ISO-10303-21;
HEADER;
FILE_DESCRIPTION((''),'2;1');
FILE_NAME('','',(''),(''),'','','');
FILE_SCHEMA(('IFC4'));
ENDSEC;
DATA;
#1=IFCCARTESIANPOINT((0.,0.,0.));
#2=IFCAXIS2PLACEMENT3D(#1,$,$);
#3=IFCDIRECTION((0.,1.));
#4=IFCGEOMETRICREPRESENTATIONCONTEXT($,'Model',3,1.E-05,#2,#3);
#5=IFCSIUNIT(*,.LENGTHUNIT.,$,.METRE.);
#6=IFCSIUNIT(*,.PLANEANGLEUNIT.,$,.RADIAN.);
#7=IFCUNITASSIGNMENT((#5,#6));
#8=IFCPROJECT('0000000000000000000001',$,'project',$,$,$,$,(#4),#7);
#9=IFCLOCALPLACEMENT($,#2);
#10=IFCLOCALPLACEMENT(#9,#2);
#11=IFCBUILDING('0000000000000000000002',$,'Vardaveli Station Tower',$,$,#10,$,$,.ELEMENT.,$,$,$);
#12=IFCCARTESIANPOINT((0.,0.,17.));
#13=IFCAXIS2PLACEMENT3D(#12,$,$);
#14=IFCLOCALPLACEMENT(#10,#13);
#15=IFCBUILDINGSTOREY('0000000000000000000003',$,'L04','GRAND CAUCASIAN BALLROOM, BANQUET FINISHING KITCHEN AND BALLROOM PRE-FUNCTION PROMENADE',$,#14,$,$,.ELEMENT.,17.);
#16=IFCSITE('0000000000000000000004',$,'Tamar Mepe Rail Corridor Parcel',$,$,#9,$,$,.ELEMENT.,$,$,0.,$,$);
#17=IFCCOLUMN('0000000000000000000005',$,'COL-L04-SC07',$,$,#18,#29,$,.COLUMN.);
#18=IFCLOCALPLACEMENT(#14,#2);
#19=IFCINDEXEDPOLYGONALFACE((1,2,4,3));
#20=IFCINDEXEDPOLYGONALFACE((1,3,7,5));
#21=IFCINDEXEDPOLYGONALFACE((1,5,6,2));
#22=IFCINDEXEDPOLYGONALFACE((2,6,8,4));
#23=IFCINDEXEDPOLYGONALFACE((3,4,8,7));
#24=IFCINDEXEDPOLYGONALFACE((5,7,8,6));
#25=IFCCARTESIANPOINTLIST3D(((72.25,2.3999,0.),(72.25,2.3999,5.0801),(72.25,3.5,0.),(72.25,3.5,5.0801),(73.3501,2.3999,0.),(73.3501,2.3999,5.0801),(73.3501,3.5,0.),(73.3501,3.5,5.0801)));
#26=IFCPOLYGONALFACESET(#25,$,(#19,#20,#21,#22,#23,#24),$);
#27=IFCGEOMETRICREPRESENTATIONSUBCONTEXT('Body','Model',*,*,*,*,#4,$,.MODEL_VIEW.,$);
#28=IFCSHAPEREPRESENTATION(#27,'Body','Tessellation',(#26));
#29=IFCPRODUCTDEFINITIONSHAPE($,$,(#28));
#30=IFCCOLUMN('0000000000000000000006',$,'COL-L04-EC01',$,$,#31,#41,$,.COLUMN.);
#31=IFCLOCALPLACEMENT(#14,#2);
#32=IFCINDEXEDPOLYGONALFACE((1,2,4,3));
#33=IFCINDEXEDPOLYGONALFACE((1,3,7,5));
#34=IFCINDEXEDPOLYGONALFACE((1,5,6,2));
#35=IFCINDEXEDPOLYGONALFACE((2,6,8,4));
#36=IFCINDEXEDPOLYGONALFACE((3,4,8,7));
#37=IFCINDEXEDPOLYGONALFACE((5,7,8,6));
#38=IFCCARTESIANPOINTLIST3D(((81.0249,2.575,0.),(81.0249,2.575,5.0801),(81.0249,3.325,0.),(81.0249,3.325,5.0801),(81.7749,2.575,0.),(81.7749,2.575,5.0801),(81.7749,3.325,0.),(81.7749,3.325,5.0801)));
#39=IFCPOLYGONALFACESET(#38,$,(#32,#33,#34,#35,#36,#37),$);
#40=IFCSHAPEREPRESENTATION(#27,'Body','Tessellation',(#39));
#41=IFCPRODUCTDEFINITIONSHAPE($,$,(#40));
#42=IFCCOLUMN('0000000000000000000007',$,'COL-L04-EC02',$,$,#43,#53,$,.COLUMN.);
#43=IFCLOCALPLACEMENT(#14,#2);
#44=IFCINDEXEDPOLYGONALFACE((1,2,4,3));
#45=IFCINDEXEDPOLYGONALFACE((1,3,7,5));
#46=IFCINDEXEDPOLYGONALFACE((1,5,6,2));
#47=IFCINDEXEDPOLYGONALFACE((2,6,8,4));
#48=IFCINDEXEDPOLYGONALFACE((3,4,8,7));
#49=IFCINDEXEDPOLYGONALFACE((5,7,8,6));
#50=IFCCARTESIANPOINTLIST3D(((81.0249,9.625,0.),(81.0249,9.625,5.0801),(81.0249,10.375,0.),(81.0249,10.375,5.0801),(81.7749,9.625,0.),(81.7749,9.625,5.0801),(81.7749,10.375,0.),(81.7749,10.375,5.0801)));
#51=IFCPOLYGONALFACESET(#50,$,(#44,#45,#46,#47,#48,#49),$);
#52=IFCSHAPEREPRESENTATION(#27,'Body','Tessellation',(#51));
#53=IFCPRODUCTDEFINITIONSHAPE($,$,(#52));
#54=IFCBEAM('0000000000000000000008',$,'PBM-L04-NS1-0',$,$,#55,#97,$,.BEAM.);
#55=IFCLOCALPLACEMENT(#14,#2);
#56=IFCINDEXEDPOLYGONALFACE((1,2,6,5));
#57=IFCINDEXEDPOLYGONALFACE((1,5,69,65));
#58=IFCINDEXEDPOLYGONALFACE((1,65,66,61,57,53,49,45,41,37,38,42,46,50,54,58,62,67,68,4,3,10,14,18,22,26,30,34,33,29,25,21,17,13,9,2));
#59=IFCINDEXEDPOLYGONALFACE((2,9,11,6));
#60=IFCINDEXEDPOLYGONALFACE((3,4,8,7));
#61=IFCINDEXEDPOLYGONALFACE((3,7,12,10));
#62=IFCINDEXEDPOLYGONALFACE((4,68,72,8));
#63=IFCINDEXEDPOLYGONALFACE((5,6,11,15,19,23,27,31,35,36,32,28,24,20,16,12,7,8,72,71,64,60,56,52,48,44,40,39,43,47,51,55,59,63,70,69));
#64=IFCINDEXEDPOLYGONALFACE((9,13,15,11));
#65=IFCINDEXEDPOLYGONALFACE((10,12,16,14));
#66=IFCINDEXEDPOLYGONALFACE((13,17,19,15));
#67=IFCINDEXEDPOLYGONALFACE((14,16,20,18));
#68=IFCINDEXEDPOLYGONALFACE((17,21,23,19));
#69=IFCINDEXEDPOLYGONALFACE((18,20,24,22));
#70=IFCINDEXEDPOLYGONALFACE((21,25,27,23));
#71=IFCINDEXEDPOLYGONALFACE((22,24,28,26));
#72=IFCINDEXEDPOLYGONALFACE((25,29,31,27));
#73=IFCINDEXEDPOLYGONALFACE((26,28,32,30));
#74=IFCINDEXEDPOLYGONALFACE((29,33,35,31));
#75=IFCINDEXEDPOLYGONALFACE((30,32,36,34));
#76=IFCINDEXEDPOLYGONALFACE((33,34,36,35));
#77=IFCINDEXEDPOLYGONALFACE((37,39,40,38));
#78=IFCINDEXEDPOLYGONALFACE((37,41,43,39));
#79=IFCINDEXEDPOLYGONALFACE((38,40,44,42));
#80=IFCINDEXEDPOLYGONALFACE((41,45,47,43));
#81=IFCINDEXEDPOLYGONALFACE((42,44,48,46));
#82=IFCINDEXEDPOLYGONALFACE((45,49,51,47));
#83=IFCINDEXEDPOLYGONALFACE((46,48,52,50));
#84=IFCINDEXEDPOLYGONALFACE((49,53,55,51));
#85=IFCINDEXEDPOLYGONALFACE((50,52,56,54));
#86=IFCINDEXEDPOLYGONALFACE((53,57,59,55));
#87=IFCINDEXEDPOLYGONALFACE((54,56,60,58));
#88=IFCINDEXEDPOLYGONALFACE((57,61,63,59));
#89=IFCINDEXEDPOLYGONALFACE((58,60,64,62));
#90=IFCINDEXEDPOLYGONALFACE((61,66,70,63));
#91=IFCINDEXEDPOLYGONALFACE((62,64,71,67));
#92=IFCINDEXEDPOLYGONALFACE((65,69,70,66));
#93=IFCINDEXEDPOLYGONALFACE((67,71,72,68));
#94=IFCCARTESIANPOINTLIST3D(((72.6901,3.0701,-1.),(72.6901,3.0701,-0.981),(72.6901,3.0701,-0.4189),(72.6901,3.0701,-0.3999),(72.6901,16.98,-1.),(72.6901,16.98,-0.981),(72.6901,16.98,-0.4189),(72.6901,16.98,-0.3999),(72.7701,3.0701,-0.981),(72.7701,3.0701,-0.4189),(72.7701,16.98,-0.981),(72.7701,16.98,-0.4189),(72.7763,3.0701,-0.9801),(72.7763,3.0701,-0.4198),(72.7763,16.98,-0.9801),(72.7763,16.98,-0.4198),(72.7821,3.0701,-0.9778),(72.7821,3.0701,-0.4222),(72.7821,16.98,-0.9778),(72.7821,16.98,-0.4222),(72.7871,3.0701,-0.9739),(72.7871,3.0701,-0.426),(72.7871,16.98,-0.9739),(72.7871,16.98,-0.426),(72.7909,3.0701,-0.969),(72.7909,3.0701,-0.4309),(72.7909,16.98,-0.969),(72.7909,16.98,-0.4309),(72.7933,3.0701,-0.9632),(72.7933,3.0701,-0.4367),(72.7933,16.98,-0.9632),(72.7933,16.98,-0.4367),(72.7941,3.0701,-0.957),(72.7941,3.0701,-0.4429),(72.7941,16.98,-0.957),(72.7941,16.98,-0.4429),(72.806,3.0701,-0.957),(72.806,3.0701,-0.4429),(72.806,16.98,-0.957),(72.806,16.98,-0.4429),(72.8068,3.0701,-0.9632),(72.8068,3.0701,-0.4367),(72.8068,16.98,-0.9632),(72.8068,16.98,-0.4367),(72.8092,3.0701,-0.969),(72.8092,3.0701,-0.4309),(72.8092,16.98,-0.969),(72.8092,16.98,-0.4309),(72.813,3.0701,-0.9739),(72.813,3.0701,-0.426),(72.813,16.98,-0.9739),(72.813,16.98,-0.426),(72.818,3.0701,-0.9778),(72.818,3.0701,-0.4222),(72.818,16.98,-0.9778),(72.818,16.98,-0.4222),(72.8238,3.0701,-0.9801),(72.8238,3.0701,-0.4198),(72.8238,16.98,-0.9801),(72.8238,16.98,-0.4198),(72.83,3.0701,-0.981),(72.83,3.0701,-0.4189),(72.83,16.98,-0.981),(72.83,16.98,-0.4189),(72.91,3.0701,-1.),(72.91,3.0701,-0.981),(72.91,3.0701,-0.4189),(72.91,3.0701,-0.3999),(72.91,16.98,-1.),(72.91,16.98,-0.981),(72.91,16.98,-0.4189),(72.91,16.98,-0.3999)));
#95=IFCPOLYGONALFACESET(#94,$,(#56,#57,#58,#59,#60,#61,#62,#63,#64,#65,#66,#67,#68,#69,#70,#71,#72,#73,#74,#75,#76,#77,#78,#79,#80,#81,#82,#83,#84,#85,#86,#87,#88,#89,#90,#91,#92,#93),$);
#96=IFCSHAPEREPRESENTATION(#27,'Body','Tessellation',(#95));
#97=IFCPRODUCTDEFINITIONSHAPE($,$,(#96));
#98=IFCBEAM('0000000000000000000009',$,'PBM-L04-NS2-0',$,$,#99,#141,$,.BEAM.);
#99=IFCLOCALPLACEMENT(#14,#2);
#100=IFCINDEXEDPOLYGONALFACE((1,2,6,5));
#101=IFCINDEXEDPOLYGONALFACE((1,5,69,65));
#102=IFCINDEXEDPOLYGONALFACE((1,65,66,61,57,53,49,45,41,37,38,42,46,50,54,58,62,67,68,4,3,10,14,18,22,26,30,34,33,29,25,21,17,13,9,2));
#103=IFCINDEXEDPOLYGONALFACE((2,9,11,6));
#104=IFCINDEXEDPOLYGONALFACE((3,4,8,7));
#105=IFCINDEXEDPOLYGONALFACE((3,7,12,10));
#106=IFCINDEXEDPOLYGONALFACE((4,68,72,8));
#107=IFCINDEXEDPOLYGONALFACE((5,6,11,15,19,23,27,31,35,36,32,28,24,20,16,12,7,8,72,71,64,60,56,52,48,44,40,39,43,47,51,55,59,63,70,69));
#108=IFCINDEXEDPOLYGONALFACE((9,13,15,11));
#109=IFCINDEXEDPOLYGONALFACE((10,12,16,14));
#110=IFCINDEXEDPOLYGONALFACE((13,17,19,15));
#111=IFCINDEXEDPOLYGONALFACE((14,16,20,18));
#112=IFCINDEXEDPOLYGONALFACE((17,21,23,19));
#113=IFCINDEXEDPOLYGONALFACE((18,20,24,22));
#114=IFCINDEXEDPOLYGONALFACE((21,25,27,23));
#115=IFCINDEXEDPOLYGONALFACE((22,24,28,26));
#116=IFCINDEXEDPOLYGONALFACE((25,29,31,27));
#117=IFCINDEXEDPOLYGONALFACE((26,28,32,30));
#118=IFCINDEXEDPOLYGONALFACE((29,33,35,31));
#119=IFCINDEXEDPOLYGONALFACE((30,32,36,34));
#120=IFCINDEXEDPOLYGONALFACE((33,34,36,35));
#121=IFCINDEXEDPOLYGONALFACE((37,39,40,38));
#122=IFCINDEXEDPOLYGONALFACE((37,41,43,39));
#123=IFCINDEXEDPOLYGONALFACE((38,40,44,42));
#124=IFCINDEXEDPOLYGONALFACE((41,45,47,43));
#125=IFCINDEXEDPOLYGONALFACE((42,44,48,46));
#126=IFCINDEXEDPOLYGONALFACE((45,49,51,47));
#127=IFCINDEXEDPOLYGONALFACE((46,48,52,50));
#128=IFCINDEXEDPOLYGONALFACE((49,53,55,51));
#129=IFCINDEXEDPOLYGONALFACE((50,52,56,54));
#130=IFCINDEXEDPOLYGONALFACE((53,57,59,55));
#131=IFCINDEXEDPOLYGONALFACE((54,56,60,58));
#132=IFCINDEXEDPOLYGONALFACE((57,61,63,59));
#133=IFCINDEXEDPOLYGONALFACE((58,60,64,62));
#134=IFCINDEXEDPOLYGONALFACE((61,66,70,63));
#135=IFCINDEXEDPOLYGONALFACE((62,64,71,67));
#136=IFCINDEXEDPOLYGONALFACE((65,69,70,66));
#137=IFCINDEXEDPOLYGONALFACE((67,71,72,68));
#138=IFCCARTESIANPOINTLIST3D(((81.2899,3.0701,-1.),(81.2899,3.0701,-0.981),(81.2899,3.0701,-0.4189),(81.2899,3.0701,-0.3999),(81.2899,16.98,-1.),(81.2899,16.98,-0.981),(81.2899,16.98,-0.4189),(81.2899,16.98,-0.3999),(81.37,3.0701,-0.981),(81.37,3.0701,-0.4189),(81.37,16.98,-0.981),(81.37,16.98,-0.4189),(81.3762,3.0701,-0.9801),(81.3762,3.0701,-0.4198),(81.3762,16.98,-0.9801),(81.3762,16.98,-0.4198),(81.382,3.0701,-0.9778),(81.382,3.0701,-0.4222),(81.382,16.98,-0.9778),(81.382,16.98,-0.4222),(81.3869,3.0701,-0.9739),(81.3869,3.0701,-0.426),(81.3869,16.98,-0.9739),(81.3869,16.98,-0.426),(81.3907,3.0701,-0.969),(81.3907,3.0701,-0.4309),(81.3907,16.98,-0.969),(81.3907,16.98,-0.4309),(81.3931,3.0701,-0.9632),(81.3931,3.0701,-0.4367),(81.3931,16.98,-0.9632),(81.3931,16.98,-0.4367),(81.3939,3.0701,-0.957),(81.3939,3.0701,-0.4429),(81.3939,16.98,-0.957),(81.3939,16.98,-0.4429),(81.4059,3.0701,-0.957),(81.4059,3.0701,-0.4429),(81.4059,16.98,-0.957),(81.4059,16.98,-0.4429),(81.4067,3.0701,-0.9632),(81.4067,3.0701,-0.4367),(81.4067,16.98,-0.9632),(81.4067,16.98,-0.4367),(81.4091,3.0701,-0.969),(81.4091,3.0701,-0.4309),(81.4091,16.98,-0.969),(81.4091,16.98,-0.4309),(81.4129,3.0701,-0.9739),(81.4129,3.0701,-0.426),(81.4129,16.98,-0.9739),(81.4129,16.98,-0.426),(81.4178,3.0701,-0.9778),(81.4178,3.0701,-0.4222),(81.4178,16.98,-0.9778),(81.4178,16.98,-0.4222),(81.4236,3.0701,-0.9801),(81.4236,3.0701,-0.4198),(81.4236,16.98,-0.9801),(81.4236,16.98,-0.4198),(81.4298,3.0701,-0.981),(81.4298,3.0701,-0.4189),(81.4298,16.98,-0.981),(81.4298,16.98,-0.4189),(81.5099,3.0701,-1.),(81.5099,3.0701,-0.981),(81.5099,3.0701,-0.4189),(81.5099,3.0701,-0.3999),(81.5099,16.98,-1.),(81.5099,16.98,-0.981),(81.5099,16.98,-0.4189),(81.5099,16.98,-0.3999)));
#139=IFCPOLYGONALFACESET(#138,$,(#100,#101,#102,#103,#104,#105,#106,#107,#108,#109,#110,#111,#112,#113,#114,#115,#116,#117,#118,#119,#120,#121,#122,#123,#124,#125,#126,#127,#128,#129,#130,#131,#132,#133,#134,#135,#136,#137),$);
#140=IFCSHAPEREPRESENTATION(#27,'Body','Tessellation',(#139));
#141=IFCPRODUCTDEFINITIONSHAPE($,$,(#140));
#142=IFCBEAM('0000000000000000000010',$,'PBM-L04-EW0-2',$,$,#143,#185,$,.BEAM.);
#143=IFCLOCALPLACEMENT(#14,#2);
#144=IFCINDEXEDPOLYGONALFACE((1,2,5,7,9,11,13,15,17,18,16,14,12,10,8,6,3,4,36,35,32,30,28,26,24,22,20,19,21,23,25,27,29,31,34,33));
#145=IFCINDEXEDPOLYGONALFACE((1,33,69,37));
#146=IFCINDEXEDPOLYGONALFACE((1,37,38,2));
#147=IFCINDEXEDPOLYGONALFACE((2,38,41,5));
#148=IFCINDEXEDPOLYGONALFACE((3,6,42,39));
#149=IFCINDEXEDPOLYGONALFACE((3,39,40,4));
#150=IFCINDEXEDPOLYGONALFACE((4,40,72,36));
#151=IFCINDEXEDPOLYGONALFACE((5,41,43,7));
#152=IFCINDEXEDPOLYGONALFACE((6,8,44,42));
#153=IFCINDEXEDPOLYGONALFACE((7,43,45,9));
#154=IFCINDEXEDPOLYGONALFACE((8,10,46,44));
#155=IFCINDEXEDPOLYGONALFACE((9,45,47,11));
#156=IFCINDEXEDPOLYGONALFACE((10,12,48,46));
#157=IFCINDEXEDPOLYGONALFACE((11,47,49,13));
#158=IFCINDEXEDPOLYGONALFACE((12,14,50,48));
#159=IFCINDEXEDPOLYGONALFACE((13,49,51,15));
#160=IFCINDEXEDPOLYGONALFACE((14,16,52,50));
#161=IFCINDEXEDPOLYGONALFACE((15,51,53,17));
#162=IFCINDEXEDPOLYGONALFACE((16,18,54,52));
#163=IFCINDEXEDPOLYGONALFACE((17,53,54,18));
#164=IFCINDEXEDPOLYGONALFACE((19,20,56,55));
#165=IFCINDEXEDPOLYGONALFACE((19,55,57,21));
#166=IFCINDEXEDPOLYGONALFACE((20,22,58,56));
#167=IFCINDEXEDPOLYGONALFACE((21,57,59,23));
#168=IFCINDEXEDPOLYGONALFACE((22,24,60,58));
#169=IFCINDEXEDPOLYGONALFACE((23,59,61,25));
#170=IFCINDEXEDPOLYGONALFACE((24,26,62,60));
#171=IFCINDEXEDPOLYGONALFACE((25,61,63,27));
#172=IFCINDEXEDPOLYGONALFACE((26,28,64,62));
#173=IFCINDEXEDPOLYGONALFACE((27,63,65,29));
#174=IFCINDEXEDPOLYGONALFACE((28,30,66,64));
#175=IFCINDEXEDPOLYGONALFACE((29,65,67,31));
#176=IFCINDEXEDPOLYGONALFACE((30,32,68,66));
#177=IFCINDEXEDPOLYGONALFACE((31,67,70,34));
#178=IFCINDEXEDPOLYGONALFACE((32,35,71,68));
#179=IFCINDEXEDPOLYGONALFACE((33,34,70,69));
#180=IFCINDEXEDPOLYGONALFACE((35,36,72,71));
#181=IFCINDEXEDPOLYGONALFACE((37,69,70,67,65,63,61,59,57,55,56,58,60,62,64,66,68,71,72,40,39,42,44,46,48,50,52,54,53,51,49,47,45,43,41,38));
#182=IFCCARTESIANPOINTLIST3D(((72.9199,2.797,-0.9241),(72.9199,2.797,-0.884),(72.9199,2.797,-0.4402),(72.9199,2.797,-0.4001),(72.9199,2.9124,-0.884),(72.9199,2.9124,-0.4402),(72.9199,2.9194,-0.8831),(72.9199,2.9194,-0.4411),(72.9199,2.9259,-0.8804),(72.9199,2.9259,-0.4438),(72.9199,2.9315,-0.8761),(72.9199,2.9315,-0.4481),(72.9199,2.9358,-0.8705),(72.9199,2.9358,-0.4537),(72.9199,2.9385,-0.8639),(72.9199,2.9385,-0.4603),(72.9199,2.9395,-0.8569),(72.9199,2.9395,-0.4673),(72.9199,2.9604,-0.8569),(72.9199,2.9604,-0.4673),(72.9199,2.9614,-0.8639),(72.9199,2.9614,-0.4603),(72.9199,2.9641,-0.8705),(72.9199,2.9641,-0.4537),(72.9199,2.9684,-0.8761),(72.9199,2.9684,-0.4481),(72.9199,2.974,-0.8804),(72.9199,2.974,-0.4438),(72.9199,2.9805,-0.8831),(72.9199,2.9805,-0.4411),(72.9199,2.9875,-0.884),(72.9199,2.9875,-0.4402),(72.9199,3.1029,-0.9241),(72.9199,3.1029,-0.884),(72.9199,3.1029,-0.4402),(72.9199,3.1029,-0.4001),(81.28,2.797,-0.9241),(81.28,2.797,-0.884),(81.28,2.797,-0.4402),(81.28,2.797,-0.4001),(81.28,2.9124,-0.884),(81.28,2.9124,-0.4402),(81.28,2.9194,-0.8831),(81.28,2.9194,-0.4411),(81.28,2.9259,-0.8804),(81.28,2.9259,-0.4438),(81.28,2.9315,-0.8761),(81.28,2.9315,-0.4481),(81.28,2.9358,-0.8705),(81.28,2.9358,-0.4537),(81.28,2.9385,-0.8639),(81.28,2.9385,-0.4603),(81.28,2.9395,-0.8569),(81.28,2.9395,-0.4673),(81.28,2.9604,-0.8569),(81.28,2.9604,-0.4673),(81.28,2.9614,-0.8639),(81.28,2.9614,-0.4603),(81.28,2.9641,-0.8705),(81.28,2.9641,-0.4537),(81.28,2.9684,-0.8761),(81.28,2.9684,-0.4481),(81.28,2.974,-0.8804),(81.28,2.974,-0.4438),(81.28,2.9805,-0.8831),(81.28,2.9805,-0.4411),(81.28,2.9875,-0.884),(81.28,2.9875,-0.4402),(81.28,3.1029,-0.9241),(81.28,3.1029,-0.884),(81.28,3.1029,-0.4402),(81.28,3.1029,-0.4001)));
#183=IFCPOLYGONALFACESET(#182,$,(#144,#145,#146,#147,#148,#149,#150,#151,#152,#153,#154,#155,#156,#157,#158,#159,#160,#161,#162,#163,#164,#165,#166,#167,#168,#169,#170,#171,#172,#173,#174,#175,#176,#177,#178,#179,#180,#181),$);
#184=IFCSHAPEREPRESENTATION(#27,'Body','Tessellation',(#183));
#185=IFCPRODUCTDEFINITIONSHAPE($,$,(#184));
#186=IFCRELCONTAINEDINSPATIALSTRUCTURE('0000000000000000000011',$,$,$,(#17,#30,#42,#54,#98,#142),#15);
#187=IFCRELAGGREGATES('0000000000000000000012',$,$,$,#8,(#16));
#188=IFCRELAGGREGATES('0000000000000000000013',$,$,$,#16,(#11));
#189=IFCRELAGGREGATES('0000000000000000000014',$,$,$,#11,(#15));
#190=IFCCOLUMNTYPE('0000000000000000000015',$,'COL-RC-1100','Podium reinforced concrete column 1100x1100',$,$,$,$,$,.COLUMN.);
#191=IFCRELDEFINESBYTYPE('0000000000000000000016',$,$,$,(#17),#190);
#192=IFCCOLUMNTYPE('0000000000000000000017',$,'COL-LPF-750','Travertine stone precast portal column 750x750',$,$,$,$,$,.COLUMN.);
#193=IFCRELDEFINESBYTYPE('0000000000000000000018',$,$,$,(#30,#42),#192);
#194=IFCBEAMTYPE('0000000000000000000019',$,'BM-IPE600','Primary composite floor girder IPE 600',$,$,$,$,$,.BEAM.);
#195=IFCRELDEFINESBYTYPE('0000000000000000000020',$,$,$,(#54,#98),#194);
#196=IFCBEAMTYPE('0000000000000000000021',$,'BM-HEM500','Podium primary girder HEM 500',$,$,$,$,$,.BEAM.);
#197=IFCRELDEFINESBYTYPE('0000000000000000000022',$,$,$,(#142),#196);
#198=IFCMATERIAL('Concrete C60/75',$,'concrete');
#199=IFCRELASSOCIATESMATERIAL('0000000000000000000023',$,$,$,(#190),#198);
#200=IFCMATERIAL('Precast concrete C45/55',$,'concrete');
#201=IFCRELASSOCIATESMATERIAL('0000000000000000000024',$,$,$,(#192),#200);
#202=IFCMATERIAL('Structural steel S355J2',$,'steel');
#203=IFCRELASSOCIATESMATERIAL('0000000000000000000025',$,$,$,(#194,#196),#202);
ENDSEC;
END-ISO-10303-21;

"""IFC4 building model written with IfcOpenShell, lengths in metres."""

from ifc_helpers import new_model, si_unit, direction, frame, origin, origin_2d, place, context, subcontext, project, spatial, rectangle, i_section, extrude, source, transform, mapped, material, material_profile, profile_set, type_object, element, save


model = new_model("IFC4")

# Units and contexts
model_context = context("Model", 3, precision=1e-05, world=origin(), true_north=direction((0.0, 1.0)))
body_context = subcontext(model_context, "Body", "Model", "MODEL_VIEW")
ifc_project = project(units=[si_unit("LENGTHUNIT", "METRE"), si_unit("PLANEANGLEUNIT", "RADIAN")], contexts=[model_context])

# Site, building, storey
site_placement = place(None, origin())
site = spatial("IfcSite", under=ifc_project, at=site_placement, Name="Tamar Mepe Rail Corridor Parcel", CompositionType="ELEMENT", RefElevation=0.0)
building_placement = place(site_placement, origin())
building = spatial("IfcBuilding", under=site, at=building_placement, Name="Vardaveli Station Tower", CompositionType="ELEMENT")
storey_placement = place(building_placement, frame((0.0, 0.0, 17.0)))
storey = spatial("IfcBuildingStorey", under=building, at=storey_placement, Name="L04", Description="GRAND CAUCASIAN BALLROOM, BANQUET FINISHING KITCHEN AND BALLROOM PRE-FUNCTION PROMENADE", CompositionType="ELEMENT", Elevation=17.0)

# Columns
ifc_material_1 = material(Name="Concrete C60/75", Category="concrete")
ifc_material_profile_1 = material_profile(ifc_material_1, rectangle(XDim=1.1001, YDim=1.1001, at=origin_2d()), Name="RC 1100x1100")
ifc_profile_set_1 = profile_set([ifc_material_profile_1], Name="Concrete C60/75")
column_type_1 = type_object("IfcColumnType", Name="COL-RC-1100", Description="Podium reinforced concrete column 1100x1100", PredefinedType="COLUMN", material=ifc_profile_set_1)
shared_shape_1 = source(origin(), body_context, "Body", "SweptSolid", [
    extrude(rectangle(XDim=1.1001, YDim=1.1001, at=origin_2d()), origin(), (0.0, 0.0, 1.0), 5.0801),
])
column_placement = place(storey_placement, frame((72.8, 2.95, 0.0), z_axis=(0.0, 0.0, 1.0), x_axis=(1.0, 0.0, 0.0)))
element("IfcColumn", 1, at=column_placement, inside=storey, type_object=column_type_1, Name="COL-L04-SC07", PredefinedType="COLUMN", context=body_context, shape_type="MappedRepresentation", body=[
    mapped(shared_shape_1, transform((0.0, 0.0, 0.0), scale=1.0)),
])
ifc_material_2 = material(Name="Precast concrete C45/55", Category="concrete")
ifc_material_profile_2 = material_profile(ifc_material_2, rectangle(XDim=0.75, YDim=0.75, at=origin_2d()), Name="LPF 750x750")
ifc_profile_set_2 = profile_set([ifc_material_profile_2], Name="Precast concrete C45/55")
column_type_2 = type_object("IfcColumnType", Name="COL-LPF-750", Description="Travertine stone precast portal column 750x750", PredefinedType="COLUMN", material=ifc_profile_set_2)
shared_shape_2 = source(origin(), body_context, "Body", "SweptSolid", [
    extrude(rectangle(XDim=0.75, YDim=0.75, at=origin_2d()), origin(), (0.0, 0.0, 1.0), 5.0801),
])
for number, where, z_axis, x_axis, name in (
    (2, (81.3999, 2.95, 0.0), (0.0, 0.0, 1.0), (1.0, 0.0, 0.0), "COL-L04-EC01"),
    (3, (81.3999, 10.0, 0.0), (0.0, 0.0, 1.0), (1.0, 0.0, 0.0), "COL-L04-EC02"),
):
    element("IfcColumn", number, at=place(storey_placement, frame(where, z_axis=z_axis, x_axis=x_axis)), inside=storey, type_object=column_type_2, Name=name, PredefinedType="COLUMN", context=body_context, shape_type="MappedRepresentation", body=[
        mapped(shared_shape_2, transform((0.0, 0.0, 0.0), scale=1.0)),
    ])

# Beams
ifc_material_3 = material(Name="Structural steel S355J2", Category="steel")
ifc_material_profile_3 = material_profile(ifc_material_3, i_section(OverallWidth=0.22, OverallDepth=0.6001, WebThickness=0.012, FlangeThickness=0.019, FilletRadius=0.0239, at=origin_2d()), Name="IPE 600")
ifc_profile_set_3 = profile_set([ifc_material_profile_3], Name="Structural steel S355J2")
beam_type_1 = type_object("IfcBeamType", Name="BM-IPE600", Description="Primary composite floor girder IPE 600", PredefinedType="BEAM", material=ifc_profile_set_3)
shared_shape_3 = source(origin(), body_context, "Body", "SweptSolid", [
    extrude(i_section(OverallWidth=0.22, OverallDepth=0.6001, WebThickness=0.012, FlangeThickness=0.019, FilletRadius=0.0239, at=origin_2d()), origin(), (0.0, 0.0, 1.0), 13.9099),
])
for number, where, z_axis, x_axis, name in (
    (4, (72.8, 3.0701, -0.7), (0.0, 1.0, 0.0), (-1.0, 0.0, 0.0), "PBM-L04-NS1-0"),
    (5, (81.3999, 3.0701, -0.7), (0.0, 1.0, 0.0), (-1.0, 0.0, 0.0), "PBM-L04-NS2-0"),
):
    element("IfcBeam", number, at=place(storey_placement, frame(where, z_axis=z_axis, x_axis=x_axis)), inside=storey, type_object=beam_type_1, Name=name, PredefinedType="BEAM", context=body_context, shape_type="MappedRepresentation", body=[
        mapped(shared_shape_3, transform((0.0, 0.0, 0.0), scale=1.0)),
    ])
ifc_material_profile_4 = material_profile(ifc_material_3, i_section(OverallWidth=0.3059, OverallDepth=0.5239, WebThickness=0.021, FlangeThickness=0.04, FilletRadius=0.0271, at=origin_2d()), Name="HEM 500")
ifc_profile_set_4 = profile_set([ifc_material_profile_4], Name="Structural steel S355J2")
beam_type_2 = type_object("IfcBeamType", Name="BM-HEM500", Description="Podium primary girder HEM 500", PredefinedType="BEAM", material=ifc_profile_set_4)
shared_shape_4 = source(origin(), body_context, "Body", "SweptSolid", [
    extrude(i_section(OverallWidth=0.3059, OverallDepth=0.5239, WebThickness=0.021, FlangeThickness=0.04, FilletRadius=0.0271, at=origin_2d()), origin(), (0.0, 0.0, 1.0), 8.3601),
])
beam_placement = place(storey_placement, frame((72.9199, 2.95, -0.6621), z_axis=(1.0, 0.0, 0.0), x_axis=(0.0, 1.0, 0.0)))
element("IfcBeam", 6, at=beam_placement, inside=storey, type_object=beam_type_2, Name="PBM-L04-EW0-2", PredefinedType="BEAM", context=body_context, shape_type="MappedRepresentation", body=[
    mapped(shared_shape_4, transform((0.0, 0.0, 0.0), scale=1.0)),
])

save(model, "model.ifc")
